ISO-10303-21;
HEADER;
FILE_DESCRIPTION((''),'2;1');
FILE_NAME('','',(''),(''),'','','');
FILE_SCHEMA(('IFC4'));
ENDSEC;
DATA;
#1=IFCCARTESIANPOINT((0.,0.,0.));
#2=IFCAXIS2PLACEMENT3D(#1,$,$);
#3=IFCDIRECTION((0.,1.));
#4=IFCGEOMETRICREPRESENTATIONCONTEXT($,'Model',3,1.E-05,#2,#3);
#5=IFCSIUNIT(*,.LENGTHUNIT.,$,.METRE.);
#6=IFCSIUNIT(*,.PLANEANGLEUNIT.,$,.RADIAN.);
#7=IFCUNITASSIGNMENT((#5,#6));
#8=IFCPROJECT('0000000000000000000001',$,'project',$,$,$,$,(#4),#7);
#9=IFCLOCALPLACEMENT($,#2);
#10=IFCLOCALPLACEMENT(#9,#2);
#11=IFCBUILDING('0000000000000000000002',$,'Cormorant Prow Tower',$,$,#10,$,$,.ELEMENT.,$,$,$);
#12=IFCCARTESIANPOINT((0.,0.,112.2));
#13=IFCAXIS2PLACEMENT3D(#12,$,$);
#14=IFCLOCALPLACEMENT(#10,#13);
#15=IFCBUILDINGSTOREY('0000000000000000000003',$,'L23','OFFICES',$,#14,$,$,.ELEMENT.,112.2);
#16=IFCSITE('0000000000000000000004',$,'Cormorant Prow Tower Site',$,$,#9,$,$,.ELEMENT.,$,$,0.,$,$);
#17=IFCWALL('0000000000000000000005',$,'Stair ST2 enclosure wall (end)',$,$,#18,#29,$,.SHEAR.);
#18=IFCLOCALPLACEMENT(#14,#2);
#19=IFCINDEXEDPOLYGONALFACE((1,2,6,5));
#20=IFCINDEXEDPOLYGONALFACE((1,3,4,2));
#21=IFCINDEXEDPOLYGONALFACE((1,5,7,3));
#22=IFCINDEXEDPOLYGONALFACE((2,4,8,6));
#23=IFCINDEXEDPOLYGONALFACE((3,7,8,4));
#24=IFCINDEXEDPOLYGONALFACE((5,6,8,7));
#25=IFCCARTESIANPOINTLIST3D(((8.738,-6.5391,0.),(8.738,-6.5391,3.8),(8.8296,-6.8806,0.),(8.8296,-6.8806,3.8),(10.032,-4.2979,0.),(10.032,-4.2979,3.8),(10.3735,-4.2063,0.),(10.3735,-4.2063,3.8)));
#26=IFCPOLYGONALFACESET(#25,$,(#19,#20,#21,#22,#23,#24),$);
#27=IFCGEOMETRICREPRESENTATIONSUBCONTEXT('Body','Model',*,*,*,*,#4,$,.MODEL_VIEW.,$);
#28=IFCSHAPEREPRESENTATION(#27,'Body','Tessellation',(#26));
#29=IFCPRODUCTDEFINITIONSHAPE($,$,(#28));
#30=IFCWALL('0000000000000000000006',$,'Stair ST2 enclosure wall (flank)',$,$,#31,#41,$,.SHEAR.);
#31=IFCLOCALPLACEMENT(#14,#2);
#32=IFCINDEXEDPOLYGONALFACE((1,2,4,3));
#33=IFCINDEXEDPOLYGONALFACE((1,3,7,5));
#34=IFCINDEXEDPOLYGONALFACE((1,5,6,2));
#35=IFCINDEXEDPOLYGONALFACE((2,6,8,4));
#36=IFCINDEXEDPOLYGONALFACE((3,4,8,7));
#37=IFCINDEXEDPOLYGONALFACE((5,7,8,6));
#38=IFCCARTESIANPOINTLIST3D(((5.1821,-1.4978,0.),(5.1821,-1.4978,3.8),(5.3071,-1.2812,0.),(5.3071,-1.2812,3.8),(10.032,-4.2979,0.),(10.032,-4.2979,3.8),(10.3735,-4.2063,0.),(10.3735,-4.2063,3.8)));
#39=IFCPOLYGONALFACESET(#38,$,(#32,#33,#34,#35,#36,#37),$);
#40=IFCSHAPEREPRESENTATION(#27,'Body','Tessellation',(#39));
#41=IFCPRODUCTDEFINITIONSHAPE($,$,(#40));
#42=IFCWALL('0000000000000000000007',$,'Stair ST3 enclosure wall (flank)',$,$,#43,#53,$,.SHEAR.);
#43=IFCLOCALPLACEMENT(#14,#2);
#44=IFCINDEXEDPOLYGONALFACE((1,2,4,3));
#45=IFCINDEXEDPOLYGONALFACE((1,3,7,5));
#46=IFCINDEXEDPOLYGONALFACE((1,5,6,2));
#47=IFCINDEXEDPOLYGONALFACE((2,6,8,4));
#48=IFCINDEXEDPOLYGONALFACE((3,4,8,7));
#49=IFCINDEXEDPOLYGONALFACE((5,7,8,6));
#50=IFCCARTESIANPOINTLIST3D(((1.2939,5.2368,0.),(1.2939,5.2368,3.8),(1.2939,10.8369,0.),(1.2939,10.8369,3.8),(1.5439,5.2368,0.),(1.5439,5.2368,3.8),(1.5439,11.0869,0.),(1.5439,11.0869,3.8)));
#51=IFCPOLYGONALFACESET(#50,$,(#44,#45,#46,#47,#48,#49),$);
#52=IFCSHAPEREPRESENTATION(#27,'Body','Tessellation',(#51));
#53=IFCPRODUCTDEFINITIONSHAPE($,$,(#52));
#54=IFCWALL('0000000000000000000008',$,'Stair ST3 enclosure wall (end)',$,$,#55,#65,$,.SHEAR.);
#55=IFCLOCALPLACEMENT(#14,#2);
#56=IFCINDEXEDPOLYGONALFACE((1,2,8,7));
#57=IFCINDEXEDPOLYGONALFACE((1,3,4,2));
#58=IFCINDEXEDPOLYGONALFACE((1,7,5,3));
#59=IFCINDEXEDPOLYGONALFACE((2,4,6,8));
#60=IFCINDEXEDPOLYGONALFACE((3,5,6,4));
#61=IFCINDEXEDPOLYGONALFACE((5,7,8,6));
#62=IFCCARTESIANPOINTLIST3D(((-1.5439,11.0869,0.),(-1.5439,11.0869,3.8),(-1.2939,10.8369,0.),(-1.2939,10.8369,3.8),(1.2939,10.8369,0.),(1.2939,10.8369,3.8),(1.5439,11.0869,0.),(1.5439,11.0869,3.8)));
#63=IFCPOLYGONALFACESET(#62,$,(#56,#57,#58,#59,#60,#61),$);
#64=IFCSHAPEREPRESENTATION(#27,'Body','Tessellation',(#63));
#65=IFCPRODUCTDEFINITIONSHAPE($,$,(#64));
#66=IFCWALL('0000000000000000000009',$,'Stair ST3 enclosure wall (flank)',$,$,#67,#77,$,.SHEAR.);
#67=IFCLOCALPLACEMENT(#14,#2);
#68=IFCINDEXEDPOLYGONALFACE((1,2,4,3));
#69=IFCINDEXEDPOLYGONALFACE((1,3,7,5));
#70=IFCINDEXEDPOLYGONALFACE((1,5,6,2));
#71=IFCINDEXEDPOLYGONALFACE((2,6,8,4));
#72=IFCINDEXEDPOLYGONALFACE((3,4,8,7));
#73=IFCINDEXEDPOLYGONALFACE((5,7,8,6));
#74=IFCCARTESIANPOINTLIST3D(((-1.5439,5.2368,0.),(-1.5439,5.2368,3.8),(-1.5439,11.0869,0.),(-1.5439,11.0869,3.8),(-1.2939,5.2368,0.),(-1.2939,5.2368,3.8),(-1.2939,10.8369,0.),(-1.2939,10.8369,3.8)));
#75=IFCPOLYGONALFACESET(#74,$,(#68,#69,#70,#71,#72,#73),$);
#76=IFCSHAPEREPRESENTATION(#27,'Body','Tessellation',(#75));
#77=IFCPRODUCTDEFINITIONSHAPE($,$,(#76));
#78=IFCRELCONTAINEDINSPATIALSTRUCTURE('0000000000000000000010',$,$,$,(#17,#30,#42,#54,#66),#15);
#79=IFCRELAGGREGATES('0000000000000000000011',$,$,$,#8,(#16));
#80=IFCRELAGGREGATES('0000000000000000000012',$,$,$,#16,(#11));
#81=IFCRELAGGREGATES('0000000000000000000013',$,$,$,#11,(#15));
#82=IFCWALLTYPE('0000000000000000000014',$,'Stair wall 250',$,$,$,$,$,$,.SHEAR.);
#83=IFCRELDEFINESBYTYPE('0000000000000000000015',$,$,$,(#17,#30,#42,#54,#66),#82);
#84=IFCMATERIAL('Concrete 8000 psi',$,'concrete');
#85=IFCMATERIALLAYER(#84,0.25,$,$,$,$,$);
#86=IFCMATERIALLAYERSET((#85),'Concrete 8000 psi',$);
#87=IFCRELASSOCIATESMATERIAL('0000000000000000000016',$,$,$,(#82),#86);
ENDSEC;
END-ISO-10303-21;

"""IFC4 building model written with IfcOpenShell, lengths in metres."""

from ifc_helpers import new_model, si_unit, direction, frame, origin, place, context, subcontext, project, spatial, polyline, outline, extrude, material, layer, layer_set, type_object, element, save


model = new_model("IFC4")

# Units and contexts
model_context = context("Model", 3, precision=1e-05, world=origin(), true_north=direction((0.0, 1.0)))
body_context = subcontext(model_context, "Body", "Model", "MODEL_VIEW")
ifc_project = project(units=[si_unit("LENGTHUNIT", "METRE"), si_unit("PLANEANGLEUNIT", "RADIAN")], contexts=[model_context])

# Site, building, storey
site_placement = place(None, origin())
site = spatial("IfcSite", under=ifc_project, at=site_placement, Name="Cormorant Prow Tower Site", CompositionType="ELEMENT", RefElevation=0.0)
building_placement = place(site_placement, origin())
building = spatial("IfcBuilding", under=site, at=building_placement, Name="Cormorant Prow Tower", CompositionType="ELEMENT")
storey_placement = place(building_placement, frame((0.0, 0.0, 112.2)))
storey = spatial("IfcBuildingStorey", under=building, at=storey_placement, Name="L23", Description="OFFICES", CompositionType="ELEMENT", Elevation=112.2)

# Walls
ifc_material_1 = material(Name="Concrete 8000 psi", Category="concrete")
ifc_layer_1 = layer(ifc_material_1, 0.25)
ifc_layer_set_1 = layer_set([ifc_layer_1], Name="Concrete 8000 psi")
wall_type_1 = type_object("IfcWallType", Name="Stair wall 250", PredefinedType="SHEAR", material=ifc_layer_set_1)
wall_1_placement = place(storey_placement, origin())
element("IfcWall", 1, at=wall_1_placement, inside=storey, type_object=wall_type_1, Name="Stair ST2 enclosure wall (end)", PredefinedType="SHEAR", context=body_context, shape_type="SweptSolid", body=[
    extrude(outline(polyline([(8.8296, -6.8806), (10.3735, -4.2063), (10.032, -4.2979), (8.738, -6.5391), (8.8296, -6.8806)])), origin(), (0.0, 0.0, 1.0), 3.8),
])
wall_2_placement = place(storey_placement, origin())
element("IfcWall", 2, at=wall_2_placement, inside=storey, type_object=wall_type_1, Name="Stair ST2 enclosure wall (flank)", PredefinedType="SHEAR", context=body_context, shape_type="SweptSolid", body=[
    extrude(outline(polyline([(10.032, -4.2979), (10.3735, -4.2063), (5.3071, -1.2812), (5.1821, -1.4978), (10.032, -4.2979)])), origin(), (0.0, 0.0, 1.0), 3.8),
])
wall_3_placement = place(storey_placement, origin())
element("IfcWall", 3, at=wall_3_placement, inside=storey, type_object=wall_type_1, Name="Stair ST3 enclosure wall (flank)", PredefinedType="SHEAR", context=body_context, shape_type="SweptSolid", body=[
    extrude(outline(polyline([(1.5439, 5.2368), (1.5439, 11.0869), (1.2939, 10.8369), (1.2939, 5.2368), (1.5439, 5.2368)])), origin(), (0.0, 0.0, 1.0), 3.8),
])
wall_4_placement = place(storey_placement, origin())
element("IfcWall", 4, at=wall_4_placement, inside=storey, type_object=wall_type_1, Name="Stair ST3 enclosure wall (end)", PredefinedType="SHEAR", context=body_context, shape_type="SweptSolid", body=[
    extrude(outline(polyline([(1.5439, 11.0869), (-1.5439, 11.0869), (-1.2939, 10.8369), (1.2939, 10.8369), (1.5439, 11.0869)])), origin(), (0.0, 0.0, 1.0), 3.8),
])
wall_5_placement = place(storey_placement, origin())
element("IfcWall", 5, at=wall_5_placement, inside=storey, type_object=wall_type_1, Name="Stair ST3 enclosure wall (flank)", PredefinedType="SHEAR", context=body_context, shape_type="SweptSolid", body=[
    extrude(outline(polyline([(-1.2939, 10.8369), (-1.5439, 11.0869), (-1.5439, 5.2368), (-1.2939, 5.2368), (-1.2939, 10.8369)])), origin(), (0.0, 0.0, 1.0), 3.8),
])

save(model, "model.ifc")
